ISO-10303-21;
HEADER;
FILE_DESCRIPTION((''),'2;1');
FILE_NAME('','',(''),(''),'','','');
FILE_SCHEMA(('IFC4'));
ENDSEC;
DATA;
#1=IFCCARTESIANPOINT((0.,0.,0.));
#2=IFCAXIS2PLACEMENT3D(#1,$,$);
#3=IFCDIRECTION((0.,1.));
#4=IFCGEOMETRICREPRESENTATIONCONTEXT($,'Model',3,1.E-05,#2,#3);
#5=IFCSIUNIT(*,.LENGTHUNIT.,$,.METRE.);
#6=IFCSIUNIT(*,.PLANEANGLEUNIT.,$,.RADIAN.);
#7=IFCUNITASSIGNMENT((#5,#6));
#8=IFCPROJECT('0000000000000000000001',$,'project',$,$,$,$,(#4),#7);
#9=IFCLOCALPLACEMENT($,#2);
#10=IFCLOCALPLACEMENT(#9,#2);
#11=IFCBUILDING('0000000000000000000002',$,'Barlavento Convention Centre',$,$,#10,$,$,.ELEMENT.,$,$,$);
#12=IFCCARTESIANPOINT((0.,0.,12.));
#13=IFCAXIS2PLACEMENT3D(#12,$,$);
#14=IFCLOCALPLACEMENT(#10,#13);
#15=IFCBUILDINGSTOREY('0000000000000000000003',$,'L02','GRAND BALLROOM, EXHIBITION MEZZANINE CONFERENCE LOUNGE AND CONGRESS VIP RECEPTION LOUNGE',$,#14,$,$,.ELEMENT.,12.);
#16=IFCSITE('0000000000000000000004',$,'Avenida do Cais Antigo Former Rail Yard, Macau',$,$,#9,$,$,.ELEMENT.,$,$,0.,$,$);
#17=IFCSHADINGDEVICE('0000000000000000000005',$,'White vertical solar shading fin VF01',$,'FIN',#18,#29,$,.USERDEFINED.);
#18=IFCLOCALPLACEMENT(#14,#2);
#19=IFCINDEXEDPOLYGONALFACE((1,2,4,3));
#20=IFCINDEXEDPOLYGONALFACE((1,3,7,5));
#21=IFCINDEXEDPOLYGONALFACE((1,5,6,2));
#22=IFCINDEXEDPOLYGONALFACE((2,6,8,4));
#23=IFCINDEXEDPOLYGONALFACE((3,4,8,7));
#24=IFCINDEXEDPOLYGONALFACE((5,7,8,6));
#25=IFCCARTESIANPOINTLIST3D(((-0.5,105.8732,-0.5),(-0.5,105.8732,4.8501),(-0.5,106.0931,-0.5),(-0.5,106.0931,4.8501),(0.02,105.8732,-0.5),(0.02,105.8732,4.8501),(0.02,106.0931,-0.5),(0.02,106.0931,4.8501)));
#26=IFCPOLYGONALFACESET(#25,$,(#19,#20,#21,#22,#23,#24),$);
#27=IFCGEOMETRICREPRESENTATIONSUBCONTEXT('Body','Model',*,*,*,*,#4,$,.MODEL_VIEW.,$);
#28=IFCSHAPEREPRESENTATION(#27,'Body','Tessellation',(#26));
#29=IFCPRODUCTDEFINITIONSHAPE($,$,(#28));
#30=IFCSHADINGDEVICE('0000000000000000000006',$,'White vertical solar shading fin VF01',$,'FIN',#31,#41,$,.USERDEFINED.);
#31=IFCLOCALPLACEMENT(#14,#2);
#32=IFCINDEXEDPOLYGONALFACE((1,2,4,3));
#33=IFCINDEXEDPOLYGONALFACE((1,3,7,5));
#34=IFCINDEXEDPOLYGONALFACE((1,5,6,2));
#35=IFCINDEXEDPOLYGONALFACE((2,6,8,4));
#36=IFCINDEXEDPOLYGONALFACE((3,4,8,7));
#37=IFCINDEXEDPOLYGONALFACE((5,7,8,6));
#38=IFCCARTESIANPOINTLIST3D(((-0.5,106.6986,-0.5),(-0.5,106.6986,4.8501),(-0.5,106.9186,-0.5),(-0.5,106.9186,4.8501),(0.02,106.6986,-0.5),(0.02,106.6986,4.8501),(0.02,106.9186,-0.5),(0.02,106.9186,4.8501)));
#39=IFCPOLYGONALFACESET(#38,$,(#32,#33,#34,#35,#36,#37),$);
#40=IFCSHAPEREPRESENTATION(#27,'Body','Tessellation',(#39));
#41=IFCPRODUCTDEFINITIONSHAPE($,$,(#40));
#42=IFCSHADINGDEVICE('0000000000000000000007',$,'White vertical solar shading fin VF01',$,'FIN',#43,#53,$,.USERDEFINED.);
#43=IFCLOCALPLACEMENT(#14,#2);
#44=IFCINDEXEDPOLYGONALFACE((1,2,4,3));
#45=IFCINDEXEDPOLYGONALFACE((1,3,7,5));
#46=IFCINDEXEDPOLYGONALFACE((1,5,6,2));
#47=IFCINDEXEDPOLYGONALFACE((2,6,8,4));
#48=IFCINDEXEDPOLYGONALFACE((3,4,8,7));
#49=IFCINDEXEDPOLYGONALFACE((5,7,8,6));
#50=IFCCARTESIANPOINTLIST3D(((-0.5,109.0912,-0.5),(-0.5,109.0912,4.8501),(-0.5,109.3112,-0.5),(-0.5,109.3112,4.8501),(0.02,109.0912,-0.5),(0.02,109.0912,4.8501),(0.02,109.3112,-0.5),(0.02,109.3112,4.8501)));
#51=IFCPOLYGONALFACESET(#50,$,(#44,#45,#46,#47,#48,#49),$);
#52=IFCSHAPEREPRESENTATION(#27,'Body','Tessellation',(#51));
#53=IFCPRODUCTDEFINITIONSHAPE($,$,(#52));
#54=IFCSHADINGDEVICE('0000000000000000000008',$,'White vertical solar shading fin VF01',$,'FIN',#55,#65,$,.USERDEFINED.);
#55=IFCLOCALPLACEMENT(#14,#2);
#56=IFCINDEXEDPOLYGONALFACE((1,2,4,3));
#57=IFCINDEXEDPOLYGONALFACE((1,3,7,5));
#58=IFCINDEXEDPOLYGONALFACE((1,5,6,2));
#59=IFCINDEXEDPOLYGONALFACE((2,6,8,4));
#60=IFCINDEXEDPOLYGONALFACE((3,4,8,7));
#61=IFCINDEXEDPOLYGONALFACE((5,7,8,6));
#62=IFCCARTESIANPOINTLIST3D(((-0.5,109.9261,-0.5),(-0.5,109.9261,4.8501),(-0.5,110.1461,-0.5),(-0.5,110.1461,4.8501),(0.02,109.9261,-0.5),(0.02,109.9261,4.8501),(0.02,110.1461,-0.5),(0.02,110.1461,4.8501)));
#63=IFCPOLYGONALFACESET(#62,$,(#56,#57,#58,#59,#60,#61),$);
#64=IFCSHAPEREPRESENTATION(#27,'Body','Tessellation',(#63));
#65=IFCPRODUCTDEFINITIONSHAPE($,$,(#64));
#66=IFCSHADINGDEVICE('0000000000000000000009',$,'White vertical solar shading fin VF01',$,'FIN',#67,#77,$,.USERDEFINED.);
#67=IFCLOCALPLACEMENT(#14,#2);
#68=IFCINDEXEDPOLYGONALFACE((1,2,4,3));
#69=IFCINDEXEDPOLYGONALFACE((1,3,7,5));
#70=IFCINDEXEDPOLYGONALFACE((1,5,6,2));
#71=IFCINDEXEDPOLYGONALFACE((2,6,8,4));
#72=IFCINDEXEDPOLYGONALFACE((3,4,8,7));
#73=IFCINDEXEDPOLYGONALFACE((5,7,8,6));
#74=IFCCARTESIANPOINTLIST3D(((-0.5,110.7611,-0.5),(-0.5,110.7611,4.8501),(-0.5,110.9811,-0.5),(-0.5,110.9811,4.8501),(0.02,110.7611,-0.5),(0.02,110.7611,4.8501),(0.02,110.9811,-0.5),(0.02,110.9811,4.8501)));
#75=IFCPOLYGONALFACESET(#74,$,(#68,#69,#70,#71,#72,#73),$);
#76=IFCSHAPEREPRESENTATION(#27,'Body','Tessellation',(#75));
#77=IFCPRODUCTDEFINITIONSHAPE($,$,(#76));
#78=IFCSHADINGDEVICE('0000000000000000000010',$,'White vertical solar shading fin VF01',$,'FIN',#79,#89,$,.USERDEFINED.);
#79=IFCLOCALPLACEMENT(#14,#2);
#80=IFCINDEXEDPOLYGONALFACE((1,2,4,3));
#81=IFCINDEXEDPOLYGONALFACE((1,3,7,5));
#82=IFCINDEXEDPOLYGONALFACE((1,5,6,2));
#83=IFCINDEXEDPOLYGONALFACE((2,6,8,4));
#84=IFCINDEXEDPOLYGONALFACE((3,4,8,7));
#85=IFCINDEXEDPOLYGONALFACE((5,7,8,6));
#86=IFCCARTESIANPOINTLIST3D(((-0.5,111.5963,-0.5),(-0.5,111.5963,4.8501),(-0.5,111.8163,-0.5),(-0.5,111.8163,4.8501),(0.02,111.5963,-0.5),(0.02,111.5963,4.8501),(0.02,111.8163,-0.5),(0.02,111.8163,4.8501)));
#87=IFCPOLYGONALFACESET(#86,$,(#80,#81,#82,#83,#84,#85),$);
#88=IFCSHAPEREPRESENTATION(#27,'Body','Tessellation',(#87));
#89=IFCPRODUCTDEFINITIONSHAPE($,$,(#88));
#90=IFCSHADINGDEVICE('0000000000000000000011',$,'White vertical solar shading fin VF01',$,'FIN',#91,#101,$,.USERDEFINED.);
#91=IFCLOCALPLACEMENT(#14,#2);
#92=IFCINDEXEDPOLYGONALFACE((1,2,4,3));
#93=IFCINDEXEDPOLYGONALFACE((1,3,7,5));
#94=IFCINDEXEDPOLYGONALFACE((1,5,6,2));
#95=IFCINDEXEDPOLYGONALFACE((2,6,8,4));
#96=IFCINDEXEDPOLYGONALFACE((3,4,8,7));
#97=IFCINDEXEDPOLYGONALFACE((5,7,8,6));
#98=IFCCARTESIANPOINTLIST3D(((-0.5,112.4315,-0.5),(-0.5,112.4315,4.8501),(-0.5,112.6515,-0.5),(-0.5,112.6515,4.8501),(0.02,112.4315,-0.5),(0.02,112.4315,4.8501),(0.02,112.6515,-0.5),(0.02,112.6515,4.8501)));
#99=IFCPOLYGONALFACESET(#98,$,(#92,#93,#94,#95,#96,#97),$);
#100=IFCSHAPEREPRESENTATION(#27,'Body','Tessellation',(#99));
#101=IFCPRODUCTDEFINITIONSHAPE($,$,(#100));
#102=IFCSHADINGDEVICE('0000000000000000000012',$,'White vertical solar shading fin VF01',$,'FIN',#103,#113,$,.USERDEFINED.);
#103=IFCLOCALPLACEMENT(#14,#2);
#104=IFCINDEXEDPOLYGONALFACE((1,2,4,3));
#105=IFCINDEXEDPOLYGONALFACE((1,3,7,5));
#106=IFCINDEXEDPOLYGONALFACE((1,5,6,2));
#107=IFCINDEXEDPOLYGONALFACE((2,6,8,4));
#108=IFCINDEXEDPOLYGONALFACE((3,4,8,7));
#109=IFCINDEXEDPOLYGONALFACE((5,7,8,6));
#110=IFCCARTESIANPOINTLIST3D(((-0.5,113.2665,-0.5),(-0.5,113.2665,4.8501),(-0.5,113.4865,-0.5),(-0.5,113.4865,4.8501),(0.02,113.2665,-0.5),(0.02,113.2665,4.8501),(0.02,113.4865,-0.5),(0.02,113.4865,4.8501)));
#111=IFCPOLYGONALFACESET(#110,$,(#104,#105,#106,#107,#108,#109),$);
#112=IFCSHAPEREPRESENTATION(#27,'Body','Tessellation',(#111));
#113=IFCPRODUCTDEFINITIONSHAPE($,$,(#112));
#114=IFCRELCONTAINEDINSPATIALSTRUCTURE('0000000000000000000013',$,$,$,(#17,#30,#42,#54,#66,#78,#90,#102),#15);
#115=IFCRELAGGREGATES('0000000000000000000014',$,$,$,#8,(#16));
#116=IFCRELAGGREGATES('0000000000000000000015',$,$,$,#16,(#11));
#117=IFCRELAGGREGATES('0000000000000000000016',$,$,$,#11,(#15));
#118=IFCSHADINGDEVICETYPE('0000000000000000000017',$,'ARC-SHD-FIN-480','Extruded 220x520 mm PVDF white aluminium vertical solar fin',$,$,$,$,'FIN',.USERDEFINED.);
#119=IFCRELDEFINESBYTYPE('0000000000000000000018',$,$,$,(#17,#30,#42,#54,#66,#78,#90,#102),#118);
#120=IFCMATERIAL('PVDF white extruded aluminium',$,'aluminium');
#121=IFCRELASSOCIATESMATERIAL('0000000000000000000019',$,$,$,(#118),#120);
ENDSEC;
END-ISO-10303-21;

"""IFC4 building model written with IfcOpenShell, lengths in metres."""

from ifc_helpers import new_model, si_unit, direction, frame, origin, origin_2d, place, context, subcontext, project, spatial, rectangle, extrude, material, type_object, element, save


model = new_model("IFC4")

# Units and contexts
model_context = context("Model", 3, precision=1e-05, world=origin(), true_north=direction((0.0, 1.0)))
body_context = subcontext(model_context, "Body", "Model", "MODEL_VIEW")
ifc_project = project(units=[si_unit("LENGTHUNIT", "METRE"), si_unit("PLANEANGLEUNIT", "RADIAN")], contexts=[model_context])

# Site, building, storey
site_placement = place(None, origin())
site = spatial("IfcSite", under=ifc_project, at=site_placement, Name="Avenida do Cais Antigo Former Rail Yard, Macau", CompositionType="ELEMENT", RefElevation=0.0)
building_placement = place(site_placement, origin())
building = spatial("IfcBuilding", under=site, at=building_placement, Name="Barlavento Convention Centre", CompositionType="ELEMENT")
storey_placement = place(building_placement, frame((0.0, 0.0, 12.0)))
storey = spatial("IfcBuildingStorey", under=building, at=storey_placement, Name="L02", Description="GRAND BALLROOM, EXHIBITION MEZZANINE CONFERENCE LOUNGE AND CONGRESS VIP RECEPTION LOUNGE", CompositionType="ELEMENT", Elevation=12.0)

# Shading devices
ifc_material_1 = material(Name="PVDF white extruded aluminium", Category="aluminium")
shading_device_type = type_object("IfcShadingDeviceType", Name="ARC-SHD-FIN-480", Description="Extruded 220x520 mm PVDF white aluminium vertical solar fin", ElementType="FIN", PredefinedType="USERDEFINED", material=ifc_material_1)
for number, where, z_axis, x_axis, name in (
    (1, (-0.24, 105.9832, -0.5), (0.0, 0.0, 1.0), (0.0, 1.0, 0.0), "White vertical solar shading fin VF01"),
    (2, (-0.24, 106.8086, -0.5), (0.0, 0.0, 1.0), (0.0, 1.0, 0.0), "White vertical solar shading fin VF01"),
    (3, (-0.24, 109.2012, -0.5), (0.0, 0.0, 1.0), (0.0, 1.0, 0.0), "White vertical solar shading fin VF01"),
    (4, (-0.24, 110.0361, -0.5), (0.0, 0.0, 1.0), (0.0, 1.0, 0.0), "White vertical solar shading fin VF01"),
    (5, (-0.24, 110.8711, -0.5), (0.0, 0.0, 1.0), (0.0, 1.0, 0.0), "White vertical solar shading fin VF01"),
    (6, (-0.24, 111.7063, -0.5), (0.0, 0.0, 1.0), (0.0, 1.0, 0.0), "White vertical solar shading fin VF01"),
    (7, (-0.24, 112.5415, -0.5), (0.0, 0.0, 1.0), (0.0, 1.0, 0.0), "White vertical solar shading fin VF01"),
    (8, (-0.24, 113.3765, -0.5), (0.0, 0.0, 1.0), (0.0, 1.0, 0.0), "White vertical solar shading fin VF01"),
):
    element("IfcShadingDevice", number, at=place(storey_placement, frame(where, z_axis=z_axis, x_axis=x_axis)), inside=storey, type_object=shading_device_type, Name=name, ObjectType="FIN", PredefinedType="USERDEFINED", context=body_context, shape_type="SweptSolid", body=[
        extrude(rectangle(XDim=0.22, YDim=0.52, at=origin_2d()), origin(), (0.0, 0.0, 1.0), 5.3501),
    ])

save(model, "model.ifc")
